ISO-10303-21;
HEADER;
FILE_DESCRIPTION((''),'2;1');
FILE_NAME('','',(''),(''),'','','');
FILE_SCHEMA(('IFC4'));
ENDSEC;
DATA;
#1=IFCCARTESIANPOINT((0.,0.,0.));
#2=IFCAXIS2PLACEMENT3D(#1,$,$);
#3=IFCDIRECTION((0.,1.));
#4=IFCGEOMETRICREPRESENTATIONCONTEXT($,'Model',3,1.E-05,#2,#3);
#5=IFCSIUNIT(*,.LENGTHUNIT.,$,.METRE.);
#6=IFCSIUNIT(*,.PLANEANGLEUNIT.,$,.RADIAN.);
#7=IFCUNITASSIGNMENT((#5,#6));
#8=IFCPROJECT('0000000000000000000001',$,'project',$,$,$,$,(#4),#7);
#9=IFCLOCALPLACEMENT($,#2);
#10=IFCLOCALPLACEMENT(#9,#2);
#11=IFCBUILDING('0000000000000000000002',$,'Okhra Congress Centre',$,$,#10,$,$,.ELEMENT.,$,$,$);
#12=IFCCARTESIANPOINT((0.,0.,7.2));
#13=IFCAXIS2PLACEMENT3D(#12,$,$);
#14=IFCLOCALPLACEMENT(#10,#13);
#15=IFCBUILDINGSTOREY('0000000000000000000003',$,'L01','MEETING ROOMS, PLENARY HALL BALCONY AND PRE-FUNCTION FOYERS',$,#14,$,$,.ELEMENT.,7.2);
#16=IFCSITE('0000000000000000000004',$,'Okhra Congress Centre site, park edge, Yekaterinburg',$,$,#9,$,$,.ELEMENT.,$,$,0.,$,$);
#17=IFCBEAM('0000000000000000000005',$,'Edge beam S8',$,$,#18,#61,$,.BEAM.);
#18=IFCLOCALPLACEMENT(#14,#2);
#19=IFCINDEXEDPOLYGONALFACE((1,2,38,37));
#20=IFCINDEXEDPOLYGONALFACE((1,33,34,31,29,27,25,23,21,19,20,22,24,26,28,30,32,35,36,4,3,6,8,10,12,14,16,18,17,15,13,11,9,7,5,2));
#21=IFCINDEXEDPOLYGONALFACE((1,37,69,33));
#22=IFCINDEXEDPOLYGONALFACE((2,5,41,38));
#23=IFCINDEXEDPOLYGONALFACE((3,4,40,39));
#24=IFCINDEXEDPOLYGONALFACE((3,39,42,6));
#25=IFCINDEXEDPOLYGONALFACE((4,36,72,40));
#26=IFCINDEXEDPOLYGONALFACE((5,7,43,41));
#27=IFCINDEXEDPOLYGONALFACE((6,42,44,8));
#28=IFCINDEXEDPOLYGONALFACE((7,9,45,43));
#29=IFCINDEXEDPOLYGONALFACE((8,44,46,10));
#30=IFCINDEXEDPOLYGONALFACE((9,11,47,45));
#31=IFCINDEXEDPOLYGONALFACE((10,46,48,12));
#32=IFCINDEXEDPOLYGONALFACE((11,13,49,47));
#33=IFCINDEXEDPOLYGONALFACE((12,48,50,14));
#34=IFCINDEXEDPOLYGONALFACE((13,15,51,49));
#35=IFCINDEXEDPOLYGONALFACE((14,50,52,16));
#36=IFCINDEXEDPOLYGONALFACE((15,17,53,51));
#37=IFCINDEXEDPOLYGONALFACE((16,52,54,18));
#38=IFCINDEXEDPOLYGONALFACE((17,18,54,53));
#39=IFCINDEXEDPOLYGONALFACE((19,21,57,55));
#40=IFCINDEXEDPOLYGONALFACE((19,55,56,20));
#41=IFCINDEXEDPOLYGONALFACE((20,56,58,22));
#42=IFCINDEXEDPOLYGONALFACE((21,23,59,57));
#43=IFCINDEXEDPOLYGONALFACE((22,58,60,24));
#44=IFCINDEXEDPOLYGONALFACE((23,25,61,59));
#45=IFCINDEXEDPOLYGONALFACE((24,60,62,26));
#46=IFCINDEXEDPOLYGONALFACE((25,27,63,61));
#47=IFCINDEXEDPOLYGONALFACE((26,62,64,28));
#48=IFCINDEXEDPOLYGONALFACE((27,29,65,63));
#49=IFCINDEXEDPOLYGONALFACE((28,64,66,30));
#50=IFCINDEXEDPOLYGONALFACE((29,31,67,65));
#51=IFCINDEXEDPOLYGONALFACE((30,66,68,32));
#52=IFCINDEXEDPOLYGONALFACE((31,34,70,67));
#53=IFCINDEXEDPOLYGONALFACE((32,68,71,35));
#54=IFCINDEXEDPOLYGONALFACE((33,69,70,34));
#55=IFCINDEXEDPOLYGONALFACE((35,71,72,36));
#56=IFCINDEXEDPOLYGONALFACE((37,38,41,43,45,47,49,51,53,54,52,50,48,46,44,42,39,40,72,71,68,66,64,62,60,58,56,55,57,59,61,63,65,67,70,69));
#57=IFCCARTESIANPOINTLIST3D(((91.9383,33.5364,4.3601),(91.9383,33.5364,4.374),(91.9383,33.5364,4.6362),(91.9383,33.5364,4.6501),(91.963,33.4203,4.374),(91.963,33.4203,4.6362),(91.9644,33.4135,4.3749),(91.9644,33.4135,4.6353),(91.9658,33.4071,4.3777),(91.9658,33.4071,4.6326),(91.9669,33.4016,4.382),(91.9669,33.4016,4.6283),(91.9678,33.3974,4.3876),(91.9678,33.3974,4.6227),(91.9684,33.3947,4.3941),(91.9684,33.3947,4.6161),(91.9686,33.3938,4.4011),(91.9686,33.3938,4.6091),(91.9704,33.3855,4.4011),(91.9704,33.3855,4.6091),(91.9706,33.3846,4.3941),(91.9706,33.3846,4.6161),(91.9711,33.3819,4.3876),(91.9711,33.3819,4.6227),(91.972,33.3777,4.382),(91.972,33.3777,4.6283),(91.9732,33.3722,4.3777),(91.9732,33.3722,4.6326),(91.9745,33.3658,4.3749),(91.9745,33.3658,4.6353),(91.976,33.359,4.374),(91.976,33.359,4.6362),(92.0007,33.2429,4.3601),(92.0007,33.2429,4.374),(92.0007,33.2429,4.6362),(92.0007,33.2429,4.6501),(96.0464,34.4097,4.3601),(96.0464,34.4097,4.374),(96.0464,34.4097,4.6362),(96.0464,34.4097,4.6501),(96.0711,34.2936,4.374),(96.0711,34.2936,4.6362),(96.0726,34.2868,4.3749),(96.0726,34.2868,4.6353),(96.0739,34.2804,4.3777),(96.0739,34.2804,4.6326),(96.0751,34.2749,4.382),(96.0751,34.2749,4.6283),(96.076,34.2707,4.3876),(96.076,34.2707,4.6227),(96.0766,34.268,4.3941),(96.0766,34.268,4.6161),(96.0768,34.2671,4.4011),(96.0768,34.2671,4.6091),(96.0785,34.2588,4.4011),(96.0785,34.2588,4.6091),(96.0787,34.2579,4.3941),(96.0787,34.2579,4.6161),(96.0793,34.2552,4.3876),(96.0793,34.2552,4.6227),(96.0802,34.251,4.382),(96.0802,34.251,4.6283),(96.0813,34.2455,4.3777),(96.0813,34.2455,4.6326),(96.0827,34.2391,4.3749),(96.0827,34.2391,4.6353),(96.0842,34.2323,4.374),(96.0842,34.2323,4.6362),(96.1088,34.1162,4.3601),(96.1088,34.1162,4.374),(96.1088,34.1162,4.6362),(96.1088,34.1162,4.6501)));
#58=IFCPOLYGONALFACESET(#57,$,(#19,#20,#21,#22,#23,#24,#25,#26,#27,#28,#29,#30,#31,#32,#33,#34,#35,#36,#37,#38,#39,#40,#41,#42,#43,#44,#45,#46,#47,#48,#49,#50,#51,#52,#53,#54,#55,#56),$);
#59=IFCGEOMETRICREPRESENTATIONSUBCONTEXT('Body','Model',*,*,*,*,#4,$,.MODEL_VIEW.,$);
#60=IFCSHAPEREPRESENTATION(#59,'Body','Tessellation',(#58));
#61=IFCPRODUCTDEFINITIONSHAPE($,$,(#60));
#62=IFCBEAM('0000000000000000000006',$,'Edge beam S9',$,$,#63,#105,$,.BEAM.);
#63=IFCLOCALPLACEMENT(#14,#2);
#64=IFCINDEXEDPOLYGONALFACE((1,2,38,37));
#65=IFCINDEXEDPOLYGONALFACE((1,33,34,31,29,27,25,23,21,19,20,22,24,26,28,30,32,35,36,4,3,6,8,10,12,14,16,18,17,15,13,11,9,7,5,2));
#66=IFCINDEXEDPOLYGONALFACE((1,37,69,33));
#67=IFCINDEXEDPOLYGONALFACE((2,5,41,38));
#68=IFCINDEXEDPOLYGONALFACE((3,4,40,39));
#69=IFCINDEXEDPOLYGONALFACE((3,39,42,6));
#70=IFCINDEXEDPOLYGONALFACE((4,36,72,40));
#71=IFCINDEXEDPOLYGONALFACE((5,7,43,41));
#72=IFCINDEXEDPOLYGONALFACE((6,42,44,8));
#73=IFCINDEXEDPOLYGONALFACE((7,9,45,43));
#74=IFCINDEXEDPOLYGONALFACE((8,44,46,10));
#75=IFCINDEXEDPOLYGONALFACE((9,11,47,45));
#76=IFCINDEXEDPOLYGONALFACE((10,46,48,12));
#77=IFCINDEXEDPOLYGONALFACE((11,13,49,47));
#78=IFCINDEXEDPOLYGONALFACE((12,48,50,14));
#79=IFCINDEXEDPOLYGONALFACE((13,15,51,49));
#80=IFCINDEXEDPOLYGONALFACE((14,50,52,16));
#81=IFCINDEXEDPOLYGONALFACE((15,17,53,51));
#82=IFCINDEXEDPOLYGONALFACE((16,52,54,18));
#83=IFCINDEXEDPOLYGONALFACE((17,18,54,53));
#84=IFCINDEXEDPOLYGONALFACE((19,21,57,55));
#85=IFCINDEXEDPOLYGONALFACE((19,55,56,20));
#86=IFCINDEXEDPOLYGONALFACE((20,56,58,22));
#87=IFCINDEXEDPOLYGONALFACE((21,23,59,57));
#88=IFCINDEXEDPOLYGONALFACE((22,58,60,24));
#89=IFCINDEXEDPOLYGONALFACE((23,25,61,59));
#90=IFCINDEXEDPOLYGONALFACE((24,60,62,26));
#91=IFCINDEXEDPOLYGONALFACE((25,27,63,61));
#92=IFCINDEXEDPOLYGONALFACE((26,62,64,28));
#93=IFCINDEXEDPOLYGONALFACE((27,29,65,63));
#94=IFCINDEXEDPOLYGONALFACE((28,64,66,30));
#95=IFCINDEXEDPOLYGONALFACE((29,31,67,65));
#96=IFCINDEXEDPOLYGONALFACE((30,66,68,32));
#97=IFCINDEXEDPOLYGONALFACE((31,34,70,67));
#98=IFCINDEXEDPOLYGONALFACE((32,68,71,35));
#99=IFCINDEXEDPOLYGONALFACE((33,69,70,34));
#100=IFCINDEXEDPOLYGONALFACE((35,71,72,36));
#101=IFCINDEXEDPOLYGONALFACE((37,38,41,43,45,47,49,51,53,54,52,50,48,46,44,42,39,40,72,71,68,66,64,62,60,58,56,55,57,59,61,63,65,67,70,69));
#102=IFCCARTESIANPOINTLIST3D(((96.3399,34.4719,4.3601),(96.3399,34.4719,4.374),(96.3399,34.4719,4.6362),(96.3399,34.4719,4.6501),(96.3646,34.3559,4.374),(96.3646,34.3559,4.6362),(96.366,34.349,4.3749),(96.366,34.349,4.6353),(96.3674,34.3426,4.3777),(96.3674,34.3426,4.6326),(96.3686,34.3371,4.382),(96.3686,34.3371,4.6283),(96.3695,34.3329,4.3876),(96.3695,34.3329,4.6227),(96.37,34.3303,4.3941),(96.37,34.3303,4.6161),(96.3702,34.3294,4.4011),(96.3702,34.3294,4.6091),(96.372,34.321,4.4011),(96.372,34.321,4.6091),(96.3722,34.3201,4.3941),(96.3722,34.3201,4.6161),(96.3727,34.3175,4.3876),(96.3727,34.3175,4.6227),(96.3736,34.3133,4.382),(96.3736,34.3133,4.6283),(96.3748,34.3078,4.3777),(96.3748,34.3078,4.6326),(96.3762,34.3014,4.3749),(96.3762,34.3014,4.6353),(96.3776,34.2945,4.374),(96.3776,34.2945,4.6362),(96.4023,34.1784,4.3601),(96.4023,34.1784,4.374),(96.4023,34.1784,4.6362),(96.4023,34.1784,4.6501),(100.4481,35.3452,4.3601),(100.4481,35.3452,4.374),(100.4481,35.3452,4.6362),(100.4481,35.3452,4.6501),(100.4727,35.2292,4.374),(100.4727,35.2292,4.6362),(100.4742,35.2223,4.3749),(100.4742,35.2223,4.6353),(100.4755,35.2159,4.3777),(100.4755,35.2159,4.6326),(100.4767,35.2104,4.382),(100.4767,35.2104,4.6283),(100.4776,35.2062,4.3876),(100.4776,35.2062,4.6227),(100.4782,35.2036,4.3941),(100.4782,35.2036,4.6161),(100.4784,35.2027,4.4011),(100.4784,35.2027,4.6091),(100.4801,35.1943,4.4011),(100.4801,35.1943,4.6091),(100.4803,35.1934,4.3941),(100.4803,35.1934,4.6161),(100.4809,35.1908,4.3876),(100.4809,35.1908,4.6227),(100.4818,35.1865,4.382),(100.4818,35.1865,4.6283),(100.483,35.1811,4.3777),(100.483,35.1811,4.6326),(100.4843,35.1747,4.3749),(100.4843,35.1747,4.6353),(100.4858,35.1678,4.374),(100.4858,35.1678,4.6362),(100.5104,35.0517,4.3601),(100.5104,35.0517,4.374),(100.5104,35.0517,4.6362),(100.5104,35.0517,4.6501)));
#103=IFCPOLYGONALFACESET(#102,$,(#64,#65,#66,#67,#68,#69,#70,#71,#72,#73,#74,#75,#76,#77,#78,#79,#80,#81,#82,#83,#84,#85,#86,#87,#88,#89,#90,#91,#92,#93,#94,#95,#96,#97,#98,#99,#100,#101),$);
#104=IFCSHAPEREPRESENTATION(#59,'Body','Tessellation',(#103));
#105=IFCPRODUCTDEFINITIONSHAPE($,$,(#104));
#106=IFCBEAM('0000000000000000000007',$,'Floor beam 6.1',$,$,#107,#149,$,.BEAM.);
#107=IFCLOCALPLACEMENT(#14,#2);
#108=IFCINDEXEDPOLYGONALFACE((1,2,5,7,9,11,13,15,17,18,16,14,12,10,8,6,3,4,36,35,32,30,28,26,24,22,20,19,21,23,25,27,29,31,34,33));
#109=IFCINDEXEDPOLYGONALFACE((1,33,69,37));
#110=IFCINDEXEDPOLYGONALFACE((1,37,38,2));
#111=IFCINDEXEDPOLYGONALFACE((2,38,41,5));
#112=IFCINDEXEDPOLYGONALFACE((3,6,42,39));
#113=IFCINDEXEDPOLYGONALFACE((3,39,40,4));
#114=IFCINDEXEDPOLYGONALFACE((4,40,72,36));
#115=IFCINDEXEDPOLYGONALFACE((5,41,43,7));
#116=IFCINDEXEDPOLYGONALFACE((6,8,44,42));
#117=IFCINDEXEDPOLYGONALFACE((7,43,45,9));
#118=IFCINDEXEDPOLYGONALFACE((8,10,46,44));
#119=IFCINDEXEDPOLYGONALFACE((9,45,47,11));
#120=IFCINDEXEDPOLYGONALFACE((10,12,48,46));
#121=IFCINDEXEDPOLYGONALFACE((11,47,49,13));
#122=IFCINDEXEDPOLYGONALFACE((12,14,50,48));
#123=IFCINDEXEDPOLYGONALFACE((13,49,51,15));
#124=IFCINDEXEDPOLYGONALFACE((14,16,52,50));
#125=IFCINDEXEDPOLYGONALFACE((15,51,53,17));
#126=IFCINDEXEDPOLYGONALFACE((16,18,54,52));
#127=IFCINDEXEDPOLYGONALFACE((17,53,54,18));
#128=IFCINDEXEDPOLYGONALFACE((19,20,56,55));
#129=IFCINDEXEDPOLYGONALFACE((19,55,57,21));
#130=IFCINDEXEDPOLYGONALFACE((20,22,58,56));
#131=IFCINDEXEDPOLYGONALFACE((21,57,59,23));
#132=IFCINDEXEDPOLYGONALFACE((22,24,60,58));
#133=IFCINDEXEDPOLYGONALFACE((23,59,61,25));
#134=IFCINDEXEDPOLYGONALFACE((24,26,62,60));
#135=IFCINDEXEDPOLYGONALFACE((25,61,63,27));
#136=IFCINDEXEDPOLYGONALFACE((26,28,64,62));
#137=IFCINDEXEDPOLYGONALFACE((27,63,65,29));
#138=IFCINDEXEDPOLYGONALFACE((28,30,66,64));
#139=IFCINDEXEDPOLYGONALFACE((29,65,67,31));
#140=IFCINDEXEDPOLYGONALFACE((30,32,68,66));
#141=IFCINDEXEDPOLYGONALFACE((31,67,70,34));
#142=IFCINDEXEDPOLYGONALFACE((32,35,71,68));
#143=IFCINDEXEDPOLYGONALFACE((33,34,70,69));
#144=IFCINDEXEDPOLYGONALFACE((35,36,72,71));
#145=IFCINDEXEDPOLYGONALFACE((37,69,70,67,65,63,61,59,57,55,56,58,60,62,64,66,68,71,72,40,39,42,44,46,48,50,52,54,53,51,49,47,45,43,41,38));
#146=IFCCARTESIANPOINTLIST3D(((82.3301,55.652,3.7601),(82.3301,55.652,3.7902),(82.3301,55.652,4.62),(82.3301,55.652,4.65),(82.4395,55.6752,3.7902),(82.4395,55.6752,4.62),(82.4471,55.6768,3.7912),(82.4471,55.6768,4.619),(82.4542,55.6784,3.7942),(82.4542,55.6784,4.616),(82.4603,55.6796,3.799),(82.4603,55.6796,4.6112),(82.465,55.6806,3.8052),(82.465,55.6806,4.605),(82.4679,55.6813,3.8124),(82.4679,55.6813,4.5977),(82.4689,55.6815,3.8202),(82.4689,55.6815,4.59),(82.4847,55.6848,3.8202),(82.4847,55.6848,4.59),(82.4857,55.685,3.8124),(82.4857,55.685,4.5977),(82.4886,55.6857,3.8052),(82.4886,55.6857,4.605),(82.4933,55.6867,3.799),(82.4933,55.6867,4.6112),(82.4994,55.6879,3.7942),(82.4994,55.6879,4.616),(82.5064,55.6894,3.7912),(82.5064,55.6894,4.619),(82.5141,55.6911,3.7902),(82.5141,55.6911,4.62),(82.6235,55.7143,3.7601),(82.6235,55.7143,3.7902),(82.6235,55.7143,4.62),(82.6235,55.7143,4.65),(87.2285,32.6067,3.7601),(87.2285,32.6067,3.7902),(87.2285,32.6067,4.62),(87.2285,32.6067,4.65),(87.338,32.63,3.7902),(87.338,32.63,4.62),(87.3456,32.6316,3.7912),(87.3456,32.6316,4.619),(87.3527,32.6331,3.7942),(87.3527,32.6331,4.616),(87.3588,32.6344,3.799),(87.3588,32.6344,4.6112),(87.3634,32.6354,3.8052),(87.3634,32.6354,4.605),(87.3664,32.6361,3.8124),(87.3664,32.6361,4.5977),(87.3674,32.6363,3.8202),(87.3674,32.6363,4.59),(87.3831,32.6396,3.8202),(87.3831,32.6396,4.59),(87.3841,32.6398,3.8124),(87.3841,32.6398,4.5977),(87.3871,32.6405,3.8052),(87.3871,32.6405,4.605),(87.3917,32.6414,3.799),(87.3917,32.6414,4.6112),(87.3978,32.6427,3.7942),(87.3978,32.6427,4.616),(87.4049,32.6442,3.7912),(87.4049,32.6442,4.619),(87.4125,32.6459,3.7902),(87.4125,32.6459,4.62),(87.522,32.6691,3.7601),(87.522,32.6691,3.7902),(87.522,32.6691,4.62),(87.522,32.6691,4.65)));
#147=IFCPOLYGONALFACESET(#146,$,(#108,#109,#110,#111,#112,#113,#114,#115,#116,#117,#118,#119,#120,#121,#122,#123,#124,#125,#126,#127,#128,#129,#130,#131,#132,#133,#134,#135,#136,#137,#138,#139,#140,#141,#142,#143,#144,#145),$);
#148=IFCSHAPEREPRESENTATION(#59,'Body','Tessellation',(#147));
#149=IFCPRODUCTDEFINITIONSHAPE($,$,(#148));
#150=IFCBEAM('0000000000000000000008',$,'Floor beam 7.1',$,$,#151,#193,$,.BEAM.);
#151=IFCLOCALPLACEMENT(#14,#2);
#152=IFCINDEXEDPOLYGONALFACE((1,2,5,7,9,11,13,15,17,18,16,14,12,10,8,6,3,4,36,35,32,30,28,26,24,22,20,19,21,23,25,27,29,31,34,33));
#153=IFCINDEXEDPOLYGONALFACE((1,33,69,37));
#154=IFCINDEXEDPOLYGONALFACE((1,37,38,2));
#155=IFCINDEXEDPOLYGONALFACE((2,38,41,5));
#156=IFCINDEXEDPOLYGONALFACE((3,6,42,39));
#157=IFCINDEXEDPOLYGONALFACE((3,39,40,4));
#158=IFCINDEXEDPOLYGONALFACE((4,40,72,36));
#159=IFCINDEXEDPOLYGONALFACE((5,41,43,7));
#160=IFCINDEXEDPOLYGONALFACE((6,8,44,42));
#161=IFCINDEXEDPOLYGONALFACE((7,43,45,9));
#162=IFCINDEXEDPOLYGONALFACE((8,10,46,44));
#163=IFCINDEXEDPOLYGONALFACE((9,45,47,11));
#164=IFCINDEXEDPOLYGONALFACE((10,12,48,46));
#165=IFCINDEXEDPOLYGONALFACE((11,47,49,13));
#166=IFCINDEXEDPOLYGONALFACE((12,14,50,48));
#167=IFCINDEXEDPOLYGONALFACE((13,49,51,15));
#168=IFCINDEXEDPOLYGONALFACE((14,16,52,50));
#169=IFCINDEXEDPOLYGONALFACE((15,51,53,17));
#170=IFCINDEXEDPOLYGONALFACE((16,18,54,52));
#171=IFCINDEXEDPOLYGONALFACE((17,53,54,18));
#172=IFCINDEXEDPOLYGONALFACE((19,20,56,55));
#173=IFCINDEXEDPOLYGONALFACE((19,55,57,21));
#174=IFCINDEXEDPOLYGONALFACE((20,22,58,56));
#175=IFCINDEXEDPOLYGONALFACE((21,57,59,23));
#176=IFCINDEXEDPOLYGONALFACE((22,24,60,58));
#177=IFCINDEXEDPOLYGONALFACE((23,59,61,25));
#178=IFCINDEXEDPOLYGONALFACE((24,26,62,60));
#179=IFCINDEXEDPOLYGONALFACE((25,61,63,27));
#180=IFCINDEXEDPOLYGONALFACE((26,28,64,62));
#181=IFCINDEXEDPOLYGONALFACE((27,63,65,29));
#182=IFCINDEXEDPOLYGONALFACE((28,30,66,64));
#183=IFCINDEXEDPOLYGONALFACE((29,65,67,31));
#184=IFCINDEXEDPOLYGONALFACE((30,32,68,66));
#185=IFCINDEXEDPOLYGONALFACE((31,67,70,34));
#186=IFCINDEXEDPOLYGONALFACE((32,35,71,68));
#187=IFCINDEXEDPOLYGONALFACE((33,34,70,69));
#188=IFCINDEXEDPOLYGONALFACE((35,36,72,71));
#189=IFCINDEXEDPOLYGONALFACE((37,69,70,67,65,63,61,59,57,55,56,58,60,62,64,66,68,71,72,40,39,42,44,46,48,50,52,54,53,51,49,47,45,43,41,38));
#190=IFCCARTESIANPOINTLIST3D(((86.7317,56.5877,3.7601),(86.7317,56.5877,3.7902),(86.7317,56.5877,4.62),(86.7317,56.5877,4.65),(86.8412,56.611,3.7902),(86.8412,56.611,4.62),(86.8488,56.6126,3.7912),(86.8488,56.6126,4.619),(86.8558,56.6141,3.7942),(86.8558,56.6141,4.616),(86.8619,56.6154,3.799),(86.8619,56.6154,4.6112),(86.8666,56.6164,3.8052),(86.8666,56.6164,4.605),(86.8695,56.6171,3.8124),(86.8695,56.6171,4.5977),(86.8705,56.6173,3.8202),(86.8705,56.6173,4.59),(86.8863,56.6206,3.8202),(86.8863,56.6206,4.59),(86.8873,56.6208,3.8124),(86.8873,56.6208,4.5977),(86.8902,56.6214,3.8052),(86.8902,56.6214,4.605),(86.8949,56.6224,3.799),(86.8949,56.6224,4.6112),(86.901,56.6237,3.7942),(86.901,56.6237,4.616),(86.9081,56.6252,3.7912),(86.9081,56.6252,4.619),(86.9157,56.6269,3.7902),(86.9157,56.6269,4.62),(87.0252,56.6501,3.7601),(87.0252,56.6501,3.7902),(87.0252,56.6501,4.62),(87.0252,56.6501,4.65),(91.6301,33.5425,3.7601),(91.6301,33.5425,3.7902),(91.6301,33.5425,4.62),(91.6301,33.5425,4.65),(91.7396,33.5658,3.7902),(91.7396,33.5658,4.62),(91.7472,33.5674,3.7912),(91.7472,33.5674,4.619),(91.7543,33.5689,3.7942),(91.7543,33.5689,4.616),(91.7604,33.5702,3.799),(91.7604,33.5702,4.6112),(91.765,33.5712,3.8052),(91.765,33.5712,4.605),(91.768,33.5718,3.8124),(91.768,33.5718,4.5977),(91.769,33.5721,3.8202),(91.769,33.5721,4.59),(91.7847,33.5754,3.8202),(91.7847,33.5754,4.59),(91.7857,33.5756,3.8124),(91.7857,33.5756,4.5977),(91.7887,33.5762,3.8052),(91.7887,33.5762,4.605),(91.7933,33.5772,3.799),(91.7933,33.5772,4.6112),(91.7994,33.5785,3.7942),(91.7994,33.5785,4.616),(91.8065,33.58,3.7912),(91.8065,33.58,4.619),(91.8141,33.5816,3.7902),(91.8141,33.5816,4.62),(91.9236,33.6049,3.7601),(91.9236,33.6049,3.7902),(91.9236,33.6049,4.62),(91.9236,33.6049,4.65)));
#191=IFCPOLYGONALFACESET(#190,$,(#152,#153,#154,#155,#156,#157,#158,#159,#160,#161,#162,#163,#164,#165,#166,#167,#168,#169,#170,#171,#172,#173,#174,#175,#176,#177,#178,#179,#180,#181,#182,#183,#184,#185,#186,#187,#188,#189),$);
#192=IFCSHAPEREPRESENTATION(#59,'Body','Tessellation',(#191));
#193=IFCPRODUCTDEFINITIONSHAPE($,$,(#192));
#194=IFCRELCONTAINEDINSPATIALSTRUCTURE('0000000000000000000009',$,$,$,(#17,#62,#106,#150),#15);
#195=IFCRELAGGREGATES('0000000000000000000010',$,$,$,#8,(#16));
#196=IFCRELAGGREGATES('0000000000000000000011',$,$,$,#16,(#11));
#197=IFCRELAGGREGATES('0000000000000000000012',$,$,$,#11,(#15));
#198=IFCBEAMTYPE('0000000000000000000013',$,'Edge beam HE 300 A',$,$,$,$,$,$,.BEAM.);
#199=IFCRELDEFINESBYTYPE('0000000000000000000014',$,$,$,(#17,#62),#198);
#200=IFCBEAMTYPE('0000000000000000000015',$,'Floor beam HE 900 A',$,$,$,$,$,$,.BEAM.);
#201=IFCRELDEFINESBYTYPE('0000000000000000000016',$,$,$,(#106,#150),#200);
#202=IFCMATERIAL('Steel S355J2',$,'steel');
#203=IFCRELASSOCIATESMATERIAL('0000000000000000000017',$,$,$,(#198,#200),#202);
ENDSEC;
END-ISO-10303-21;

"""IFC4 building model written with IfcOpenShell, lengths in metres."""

from ifc_helpers import new_model, si_unit, direction, frame, origin, origin_2d, place, context, subcontext, project, spatial, i_section, extrude, material, material_profile, profile_set, type_object, element, save


model = new_model("IFC4")

# Units and contexts
model_context = context("Model", 3, precision=1e-05, world=origin(), true_north=direction((0.0, 1.0)))
body_context = subcontext(model_context, "Body", "Model", "MODEL_VIEW")
ifc_project = project(units=[si_unit("LENGTHUNIT", "METRE"), si_unit("PLANEANGLEUNIT", "RADIAN")], contexts=[model_context])

# Site, building, storey
site_placement = place(None, origin())
site = spatial("IfcSite", under=ifc_project, at=site_placement, Name="Okhra Congress Centre site, park edge, Yekaterinburg", CompositionType="ELEMENT", RefElevation=0.0)
building_placement = place(site_placement, origin())
building = spatial("IfcBuilding", under=site, at=building_placement, Name="Okhra Congress Centre", CompositionType="ELEMENT")
storey_placement = place(building_placement, frame((0.0, 0.0, 7.2)))
storey = spatial("IfcBuildingStorey", under=building, at=storey_placement, Name="L01", Description="MEETING ROOMS, PLENARY HALL BALCONY AND PRE-FUNCTION FOYERS", CompositionType="ELEMENT", Elevation=7.2)

# Shared definitions
ifc_material_1 = material(Name="Steel S355J2", Category="steel")

# Beams
ifc_material_profile_1 = material_profile(ifc_material_1, i_section(OverallWidth=0.3, OverallDepth=0.29, WebThickness=0.0085, FlangeThickness=0.0139, FilletRadius=0.0271, at=origin_2d()), Name="HE 300 A")
ifc_profile_set_1 = profile_set([ifc_material_profile_1], Name="Steel S355J2")
beam_type_1 = type_object("IfcBeamType", Name="Edge beam HE 300 A", PredefinedType="BEAM", material=ifc_profile_set_1)
for number, where, z_axis, x_axis, name in (
    (1, (91.9695, 33.3896, 4.5051), (0.978144, 0.207929, 0.0), (-0.207929, 0.978144, 0.0), "Edge beam S8"),
    (2, (96.3711, 34.3252, 4.5051), (0.978144, 0.207929, 0.0), (-0.207929, 0.978144, 0.0), "Edge beam S9"),
):
    element("IfcBeam", number, at=place(storey_placement, frame(where, z_axis=z_axis, x_axis=x_axis)), inside=storey, type_object=beam_type_1, Name=name, PredefinedType="BEAM", context=body_context, shape_type="SweptSolid", body=[
        extrude(i_section(OverallWidth=0.3, OverallDepth=0.29, WebThickness=0.0085, FlangeThickness=0.0139, FilletRadius=0.0271, at=origin_2d()), origin(), (0.0, 0.0, 1.0), 4.2),
    ])
ifc_material_profile_2 = material_profile(ifc_material_1, i_section(OverallWidth=0.3, OverallDepth=0.8899, WebThickness=0.0161, FlangeThickness=0.03, FilletRadius=0.03, at=origin_2d()), Name="HE 900 A")
ifc_profile_set_2 = profile_set([ifc_material_profile_2], Name="Steel S355J2")
beam_type_2 = type_object("IfcBeamType", Name="Floor beam HE 900 A", PredefinedType="BEAM", material=ifc_profile_set_2)
for number, where, z_axis, x_axis, name in (
    (3, (87.3752, 32.6379, 4.2051), (-0.207913, 0.978147, 0.0), (-0.978147, -0.207913, 0.0), "Floor beam 6.1"),
    (4, (91.7769, 33.5737, 4.2051), (-0.207913, 0.978147, 0.0), (-0.978147, -0.207913, 0.0), "Floor beam 7.1"),
):
    element("IfcBeam", number, at=place(storey_placement, frame(where, z_axis=z_axis, x_axis=x_axis)), inside=storey, type_object=beam_type_2, Name=name, PredefinedType="BEAM", context=body_context, shape_type="SweptSolid", body=[
        extrude(i_section(OverallWidth=0.3, OverallDepth=0.8899, WebThickness=0.0161, FlangeThickness=0.03, FilletRadius=0.03, at=origin_2d()), origin(), (0.0, 0.0, 1.0), 23.5601),
    ])

save(model, "model.ifc")
